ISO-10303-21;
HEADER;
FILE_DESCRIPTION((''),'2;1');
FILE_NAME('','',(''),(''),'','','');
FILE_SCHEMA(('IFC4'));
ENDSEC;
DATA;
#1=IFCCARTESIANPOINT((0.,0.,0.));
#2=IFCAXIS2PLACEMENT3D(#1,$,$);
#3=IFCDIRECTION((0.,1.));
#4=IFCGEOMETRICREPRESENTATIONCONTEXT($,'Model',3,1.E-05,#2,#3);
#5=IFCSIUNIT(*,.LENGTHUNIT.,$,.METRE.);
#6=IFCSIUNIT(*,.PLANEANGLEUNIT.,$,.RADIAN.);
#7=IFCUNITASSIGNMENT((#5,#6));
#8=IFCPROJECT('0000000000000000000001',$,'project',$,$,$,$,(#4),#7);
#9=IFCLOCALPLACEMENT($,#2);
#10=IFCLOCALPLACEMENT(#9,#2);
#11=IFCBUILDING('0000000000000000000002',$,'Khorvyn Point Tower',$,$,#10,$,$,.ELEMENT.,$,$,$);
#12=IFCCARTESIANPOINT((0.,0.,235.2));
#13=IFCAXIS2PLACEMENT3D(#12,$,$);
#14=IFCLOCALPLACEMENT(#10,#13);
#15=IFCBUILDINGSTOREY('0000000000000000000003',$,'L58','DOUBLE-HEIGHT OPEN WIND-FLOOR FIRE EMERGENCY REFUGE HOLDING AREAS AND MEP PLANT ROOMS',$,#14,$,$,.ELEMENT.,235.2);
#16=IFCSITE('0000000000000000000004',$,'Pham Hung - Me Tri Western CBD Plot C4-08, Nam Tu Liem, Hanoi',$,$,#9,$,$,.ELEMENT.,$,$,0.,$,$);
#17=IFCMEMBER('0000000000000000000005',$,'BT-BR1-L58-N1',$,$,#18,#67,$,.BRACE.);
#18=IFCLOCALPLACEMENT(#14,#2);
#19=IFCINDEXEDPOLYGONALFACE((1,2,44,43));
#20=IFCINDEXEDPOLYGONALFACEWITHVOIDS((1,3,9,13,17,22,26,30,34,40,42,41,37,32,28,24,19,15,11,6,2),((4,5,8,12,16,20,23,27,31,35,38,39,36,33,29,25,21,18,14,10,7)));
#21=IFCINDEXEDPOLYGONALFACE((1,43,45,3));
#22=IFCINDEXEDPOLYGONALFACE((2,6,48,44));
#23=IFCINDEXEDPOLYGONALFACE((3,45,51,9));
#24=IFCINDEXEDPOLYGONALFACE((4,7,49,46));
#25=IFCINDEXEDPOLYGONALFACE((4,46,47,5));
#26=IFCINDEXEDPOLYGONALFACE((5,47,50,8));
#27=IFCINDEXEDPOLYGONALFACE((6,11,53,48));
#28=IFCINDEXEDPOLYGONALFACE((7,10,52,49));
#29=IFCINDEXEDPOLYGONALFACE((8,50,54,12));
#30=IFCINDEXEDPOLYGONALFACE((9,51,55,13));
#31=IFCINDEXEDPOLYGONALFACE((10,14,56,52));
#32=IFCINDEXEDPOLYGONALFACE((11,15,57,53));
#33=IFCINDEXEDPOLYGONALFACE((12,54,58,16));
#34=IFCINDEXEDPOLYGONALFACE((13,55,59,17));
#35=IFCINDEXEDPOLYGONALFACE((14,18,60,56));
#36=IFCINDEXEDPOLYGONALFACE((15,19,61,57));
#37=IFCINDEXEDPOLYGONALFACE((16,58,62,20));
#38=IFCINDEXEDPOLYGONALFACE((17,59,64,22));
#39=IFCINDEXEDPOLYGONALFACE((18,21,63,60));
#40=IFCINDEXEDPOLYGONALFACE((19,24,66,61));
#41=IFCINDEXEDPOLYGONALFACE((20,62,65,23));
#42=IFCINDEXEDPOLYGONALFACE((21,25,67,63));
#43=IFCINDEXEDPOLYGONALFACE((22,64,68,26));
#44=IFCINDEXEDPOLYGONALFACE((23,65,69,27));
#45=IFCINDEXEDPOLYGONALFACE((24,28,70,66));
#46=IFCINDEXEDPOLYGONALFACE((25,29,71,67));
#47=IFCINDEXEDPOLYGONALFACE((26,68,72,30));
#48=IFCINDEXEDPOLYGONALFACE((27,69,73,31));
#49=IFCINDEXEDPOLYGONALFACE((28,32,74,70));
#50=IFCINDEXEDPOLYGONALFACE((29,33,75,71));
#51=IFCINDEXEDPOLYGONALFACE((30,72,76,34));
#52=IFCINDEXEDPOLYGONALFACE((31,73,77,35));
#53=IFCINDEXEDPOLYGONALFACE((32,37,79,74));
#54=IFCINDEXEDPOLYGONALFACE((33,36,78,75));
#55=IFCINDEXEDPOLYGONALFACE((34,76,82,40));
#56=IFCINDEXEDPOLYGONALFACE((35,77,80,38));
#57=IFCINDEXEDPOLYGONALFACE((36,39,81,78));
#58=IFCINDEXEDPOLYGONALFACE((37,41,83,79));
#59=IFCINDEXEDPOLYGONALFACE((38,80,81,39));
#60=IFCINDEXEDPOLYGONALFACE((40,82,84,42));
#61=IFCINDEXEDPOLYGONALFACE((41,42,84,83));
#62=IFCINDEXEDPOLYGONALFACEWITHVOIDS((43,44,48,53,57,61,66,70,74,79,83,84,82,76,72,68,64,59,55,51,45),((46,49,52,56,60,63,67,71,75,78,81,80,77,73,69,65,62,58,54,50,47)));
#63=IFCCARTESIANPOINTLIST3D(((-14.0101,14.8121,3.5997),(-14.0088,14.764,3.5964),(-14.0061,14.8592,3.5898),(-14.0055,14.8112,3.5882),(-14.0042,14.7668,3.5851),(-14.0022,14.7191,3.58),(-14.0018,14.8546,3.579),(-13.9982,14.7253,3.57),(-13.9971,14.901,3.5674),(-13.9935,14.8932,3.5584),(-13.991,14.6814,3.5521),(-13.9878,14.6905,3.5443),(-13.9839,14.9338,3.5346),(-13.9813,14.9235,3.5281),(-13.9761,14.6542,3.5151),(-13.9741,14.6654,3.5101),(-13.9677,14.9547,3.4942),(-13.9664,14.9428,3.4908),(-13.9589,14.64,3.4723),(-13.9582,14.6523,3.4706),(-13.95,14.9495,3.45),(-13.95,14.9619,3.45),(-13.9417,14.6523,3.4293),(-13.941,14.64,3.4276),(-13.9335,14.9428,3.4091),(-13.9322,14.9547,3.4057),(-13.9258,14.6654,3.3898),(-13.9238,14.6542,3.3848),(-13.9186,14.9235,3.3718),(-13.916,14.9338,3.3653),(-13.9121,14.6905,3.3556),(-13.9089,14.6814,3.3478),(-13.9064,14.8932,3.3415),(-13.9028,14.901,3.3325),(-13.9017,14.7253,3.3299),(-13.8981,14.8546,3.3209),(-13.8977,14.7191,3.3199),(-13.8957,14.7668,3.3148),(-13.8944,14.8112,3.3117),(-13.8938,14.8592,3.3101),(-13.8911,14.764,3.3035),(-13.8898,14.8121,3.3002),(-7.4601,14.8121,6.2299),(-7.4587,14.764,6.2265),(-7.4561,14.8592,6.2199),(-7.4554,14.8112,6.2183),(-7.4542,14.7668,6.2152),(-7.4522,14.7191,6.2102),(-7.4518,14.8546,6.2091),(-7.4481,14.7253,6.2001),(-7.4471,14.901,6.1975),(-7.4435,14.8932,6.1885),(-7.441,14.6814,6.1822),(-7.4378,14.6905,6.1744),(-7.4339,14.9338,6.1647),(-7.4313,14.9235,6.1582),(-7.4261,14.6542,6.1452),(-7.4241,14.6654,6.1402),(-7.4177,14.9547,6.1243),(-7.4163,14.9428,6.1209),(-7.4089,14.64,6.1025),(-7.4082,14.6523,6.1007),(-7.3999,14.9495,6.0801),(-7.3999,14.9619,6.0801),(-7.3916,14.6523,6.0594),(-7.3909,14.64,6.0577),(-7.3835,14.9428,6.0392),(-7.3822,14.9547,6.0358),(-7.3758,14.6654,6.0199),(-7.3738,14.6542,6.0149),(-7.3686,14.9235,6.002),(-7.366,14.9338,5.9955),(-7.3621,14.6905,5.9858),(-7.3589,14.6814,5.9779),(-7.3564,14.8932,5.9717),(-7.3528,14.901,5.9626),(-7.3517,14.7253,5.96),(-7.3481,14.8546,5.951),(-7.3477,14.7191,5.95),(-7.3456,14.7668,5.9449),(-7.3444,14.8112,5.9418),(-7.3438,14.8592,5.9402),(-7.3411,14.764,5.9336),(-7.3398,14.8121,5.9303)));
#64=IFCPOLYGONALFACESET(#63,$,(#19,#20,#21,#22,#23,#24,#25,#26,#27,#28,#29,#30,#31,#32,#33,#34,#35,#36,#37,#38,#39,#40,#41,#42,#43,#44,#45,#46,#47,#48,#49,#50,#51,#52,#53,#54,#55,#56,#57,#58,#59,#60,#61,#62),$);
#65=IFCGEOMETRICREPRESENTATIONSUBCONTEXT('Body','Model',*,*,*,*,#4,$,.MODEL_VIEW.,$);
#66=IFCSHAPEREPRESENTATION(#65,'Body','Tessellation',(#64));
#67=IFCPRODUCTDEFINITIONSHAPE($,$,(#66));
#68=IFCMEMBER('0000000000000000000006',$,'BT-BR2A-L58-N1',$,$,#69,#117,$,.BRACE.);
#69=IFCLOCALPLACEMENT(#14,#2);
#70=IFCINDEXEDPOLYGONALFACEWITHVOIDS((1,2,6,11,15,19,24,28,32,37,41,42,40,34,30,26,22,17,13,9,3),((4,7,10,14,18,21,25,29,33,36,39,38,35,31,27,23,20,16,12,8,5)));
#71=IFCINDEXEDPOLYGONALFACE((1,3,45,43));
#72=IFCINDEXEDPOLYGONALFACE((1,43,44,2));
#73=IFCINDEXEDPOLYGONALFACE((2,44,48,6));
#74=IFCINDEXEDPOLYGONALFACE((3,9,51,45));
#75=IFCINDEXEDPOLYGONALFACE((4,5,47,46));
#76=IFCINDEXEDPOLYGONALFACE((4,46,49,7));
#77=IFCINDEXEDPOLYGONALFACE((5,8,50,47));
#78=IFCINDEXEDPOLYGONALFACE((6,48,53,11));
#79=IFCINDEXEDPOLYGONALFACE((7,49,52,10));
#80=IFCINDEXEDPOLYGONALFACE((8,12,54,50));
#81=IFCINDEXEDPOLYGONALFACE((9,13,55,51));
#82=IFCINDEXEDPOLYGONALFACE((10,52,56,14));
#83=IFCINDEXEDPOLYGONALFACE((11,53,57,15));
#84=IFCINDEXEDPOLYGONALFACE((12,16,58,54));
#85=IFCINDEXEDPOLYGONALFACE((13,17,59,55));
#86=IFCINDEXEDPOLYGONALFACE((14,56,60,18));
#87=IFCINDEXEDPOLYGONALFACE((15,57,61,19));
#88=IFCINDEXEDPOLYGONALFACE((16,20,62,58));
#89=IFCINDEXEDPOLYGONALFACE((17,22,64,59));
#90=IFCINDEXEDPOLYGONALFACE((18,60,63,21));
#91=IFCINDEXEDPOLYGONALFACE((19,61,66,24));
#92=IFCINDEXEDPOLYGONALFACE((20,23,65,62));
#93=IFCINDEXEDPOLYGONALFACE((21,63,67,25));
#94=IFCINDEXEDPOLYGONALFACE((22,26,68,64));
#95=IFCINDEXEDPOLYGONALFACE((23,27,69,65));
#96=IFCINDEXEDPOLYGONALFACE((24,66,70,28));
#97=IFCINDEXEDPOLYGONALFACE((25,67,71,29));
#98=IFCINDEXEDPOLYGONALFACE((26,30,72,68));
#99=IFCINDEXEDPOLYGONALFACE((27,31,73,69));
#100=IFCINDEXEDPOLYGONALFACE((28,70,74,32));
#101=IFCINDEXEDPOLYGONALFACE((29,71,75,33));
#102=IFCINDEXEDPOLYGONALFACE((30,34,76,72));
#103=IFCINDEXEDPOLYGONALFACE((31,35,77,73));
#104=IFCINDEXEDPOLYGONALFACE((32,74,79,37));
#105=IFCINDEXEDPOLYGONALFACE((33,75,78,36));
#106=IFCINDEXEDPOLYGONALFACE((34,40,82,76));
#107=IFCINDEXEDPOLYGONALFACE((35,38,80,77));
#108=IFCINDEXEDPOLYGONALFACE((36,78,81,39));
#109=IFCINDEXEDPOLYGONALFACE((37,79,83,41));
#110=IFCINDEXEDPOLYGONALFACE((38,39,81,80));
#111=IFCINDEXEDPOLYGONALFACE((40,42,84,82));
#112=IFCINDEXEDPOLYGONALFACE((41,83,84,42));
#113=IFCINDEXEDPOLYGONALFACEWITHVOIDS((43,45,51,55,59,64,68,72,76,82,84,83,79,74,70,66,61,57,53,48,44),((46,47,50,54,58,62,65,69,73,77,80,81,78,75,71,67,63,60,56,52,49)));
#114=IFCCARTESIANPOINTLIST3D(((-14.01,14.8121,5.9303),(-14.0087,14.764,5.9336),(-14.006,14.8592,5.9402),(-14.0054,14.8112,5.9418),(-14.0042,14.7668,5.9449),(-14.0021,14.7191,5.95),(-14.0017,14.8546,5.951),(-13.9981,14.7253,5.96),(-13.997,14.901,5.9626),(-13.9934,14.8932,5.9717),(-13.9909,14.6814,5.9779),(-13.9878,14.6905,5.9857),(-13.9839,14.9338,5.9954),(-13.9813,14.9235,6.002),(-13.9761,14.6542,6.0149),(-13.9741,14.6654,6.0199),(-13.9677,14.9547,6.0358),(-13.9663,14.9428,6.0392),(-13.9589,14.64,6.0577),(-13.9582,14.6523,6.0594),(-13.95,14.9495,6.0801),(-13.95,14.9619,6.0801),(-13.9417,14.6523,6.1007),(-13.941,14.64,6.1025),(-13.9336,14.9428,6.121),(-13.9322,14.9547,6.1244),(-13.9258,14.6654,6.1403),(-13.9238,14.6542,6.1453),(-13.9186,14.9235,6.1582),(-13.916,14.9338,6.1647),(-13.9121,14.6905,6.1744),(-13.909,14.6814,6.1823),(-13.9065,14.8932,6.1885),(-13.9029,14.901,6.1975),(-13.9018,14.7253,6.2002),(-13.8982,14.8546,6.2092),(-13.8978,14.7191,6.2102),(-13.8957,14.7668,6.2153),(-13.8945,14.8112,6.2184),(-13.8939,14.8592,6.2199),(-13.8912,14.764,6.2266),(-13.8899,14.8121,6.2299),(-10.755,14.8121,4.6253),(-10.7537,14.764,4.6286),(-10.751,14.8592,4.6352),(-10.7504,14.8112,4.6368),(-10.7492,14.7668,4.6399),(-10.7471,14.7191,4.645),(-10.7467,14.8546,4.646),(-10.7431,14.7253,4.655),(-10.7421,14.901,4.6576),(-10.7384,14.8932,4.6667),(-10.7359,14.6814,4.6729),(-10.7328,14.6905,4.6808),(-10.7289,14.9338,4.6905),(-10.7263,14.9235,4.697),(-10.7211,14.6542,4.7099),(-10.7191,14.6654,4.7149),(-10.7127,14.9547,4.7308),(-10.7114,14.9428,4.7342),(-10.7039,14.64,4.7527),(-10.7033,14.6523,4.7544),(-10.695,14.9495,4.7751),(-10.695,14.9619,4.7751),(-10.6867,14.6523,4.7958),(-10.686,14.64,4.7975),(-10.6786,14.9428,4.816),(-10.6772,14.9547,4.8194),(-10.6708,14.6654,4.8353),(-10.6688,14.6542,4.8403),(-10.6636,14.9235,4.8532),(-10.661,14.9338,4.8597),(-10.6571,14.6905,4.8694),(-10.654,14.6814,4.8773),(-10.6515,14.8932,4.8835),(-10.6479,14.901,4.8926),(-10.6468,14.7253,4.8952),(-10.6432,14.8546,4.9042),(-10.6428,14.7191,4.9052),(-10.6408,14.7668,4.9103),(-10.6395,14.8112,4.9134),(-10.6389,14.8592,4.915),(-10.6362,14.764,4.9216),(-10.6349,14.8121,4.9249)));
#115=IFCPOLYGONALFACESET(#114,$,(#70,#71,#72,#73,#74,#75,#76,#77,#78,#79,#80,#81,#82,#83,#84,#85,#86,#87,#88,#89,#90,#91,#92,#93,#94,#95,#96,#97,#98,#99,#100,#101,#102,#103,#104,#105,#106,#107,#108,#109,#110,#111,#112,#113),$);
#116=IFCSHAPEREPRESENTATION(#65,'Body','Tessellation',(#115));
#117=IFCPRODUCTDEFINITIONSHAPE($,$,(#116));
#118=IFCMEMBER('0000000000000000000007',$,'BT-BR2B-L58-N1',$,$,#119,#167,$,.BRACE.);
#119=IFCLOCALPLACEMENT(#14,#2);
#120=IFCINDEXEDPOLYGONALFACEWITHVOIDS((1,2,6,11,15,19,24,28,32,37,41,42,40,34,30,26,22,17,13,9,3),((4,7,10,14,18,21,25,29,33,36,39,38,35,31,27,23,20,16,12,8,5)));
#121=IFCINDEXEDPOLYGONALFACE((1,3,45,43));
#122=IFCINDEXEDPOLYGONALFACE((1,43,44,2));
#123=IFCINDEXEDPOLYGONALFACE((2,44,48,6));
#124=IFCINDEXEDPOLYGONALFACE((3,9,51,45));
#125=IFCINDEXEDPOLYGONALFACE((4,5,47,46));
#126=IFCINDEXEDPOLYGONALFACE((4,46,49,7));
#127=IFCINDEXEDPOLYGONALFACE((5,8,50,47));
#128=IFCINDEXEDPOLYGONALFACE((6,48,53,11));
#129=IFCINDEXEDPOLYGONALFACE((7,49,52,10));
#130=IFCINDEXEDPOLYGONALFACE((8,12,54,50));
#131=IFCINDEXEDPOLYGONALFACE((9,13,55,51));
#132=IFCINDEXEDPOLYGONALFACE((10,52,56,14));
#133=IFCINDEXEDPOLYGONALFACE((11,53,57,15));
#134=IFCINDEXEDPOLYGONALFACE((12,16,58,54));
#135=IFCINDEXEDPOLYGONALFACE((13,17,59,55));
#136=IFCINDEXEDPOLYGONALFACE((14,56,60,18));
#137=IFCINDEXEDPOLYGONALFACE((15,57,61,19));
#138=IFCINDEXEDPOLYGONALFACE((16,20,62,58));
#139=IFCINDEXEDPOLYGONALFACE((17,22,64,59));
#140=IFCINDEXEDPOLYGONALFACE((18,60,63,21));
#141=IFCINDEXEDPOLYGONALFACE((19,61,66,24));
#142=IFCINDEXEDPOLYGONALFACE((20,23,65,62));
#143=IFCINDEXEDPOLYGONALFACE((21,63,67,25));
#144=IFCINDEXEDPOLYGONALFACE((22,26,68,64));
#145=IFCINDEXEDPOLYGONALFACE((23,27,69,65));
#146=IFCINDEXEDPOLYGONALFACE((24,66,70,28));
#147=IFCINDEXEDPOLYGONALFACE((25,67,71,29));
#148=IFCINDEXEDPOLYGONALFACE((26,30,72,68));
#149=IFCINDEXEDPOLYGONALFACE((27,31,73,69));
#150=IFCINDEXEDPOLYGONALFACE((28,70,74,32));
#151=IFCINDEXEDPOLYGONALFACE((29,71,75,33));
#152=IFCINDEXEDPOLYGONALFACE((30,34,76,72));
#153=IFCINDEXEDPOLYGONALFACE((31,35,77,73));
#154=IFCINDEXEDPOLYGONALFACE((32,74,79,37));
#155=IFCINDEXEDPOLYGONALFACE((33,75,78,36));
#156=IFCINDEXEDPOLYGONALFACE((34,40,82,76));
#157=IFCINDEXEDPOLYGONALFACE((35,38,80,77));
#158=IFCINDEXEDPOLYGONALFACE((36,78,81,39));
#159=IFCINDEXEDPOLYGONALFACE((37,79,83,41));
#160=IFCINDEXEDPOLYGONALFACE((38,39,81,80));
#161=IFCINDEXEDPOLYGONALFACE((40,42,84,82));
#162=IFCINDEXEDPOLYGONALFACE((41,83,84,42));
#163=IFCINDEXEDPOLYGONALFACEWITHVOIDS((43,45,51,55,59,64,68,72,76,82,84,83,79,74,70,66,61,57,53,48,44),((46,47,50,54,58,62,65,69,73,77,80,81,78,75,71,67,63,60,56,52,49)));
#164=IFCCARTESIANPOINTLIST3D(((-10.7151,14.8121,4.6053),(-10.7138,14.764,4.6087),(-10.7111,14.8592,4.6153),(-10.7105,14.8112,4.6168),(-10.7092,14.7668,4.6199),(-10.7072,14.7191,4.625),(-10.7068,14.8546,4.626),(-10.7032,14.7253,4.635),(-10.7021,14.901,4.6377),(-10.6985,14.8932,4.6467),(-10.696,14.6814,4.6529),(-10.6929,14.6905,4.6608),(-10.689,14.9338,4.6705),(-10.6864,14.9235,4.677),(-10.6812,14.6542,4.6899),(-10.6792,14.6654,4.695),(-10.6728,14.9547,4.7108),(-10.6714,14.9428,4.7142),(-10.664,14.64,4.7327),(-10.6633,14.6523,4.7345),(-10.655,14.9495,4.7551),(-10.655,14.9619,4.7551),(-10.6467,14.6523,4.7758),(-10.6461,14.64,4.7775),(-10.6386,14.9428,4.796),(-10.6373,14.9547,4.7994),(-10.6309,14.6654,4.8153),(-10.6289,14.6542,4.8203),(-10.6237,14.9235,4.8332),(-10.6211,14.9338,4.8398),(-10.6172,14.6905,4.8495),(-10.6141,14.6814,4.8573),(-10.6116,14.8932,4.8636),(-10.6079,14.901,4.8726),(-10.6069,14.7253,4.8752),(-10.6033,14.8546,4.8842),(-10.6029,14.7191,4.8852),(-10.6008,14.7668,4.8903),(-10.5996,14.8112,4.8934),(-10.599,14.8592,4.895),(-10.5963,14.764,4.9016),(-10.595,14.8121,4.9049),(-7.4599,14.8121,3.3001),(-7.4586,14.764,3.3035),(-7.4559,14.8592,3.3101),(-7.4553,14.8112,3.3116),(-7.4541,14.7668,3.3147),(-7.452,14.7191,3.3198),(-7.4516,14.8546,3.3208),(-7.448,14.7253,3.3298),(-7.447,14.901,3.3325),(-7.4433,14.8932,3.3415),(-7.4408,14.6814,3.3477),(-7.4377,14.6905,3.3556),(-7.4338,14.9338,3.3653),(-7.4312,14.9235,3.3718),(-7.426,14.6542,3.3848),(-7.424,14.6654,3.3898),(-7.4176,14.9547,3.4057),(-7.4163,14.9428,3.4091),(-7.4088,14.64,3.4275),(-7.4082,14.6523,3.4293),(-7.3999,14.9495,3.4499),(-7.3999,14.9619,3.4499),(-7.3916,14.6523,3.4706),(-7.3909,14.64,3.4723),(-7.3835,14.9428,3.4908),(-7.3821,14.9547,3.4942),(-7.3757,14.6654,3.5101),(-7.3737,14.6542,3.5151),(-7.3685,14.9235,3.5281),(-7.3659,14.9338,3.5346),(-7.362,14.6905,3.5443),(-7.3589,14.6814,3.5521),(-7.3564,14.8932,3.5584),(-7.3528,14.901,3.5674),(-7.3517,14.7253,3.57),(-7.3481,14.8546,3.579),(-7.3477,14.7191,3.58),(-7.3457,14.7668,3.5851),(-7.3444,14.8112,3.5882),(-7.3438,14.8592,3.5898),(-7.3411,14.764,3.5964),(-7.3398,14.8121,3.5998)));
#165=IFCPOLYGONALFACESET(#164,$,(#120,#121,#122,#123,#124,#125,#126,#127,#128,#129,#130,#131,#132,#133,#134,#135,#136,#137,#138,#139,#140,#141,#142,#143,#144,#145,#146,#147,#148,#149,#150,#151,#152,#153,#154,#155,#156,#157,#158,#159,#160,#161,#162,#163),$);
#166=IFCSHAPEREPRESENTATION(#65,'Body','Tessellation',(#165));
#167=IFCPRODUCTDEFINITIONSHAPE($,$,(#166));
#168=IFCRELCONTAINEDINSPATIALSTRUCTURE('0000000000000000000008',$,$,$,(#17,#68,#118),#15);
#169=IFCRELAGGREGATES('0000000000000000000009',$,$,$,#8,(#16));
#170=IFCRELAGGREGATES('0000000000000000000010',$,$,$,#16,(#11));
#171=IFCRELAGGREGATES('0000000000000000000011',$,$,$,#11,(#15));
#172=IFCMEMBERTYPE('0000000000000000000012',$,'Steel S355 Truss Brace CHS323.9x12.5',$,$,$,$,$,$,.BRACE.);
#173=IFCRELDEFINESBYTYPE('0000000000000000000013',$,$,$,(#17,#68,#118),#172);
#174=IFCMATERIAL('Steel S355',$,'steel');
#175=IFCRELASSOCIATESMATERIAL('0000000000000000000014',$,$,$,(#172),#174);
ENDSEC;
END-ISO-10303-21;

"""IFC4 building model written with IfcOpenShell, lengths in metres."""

from ifc_helpers import new_model, si_unit, direction, frame, origin, origin_2d, place, context, subcontext, project, spatial, hollow_circle, extrude, material, material_profile, profile_set, type_object, element, save


model = new_model("IFC4")

# Units and contexts
model_context = context("Model", 3, precision=1e-05, world=origin(), true_north=direction((0.0, 1.0)))
body_context = subcontext(model_context, "Body", "Model", "MODEL_VIEW")
ifc_project = project(units=[si_unit("LENGTHUNIT", "METRE"), si_unit("PLANEANGLEUNIT", "RADIAN")], contexts=[model_context])

# Site, building, storey
site_placement = place(None, origin())
site = spatial("IfcSite", under=ifc_project, at=site_placement, Name="Pham Hung - Me Tri Western CBD Plot C4-08, Nam Tu Liem, Hanoi", CompositionType="ELEMENT", RefElevation=0.0)
building_placement = place(site_placement, origin())
building = spatial("IfcBuilding", under=site, at=building_placement, Name="Khorvyn Point Tower", CompositionType="ELEMENT")
storey_placement = place(building_placement, frame((0.0, 0.0, 235.2)))
storey = spatial("IfcBuildingStorey", under=building, at=storey_placement, Name="L58", Description="DOUBLE-HEIGHT OPEN WIND-FLOOR FIRE EMERGENCY REFUGE HOLDING AREAS AND MEP PLANT ROOMS", CompositionType="ELEMENT", Elevation=235.2)

# Members
ifc_material_1 = material(Name="Steel S355", Category="steel")
ifc_material_profile_1 = material_profile(ifc_material_1, hollow_circle(Radius=0.1619, WallThickness=0.0125, at=origin_2d()))
ifc_profile_set_1 = profile_set([ifc_material_profile_1], Name="Steel S355 CHS323.9x12.5")
member_type_1 = type_object("IfcMemberType", Name="Steel S355 Truss Brace CHS323.9x12.5", PredefinedType="BRACE", material=ifc_profile_set_1)
member_1_placement = place(storey_placement, frame((-13.95, 14.8, 3.45), z_axis=(0.927982, 0.0, 0.372625), x_axis=(0.0, 1.0, 0.0)))
element("IfcMember", 1, at=member_1_placement, inside=storey, type_object=member_type_1, Name="BT-BR1-L58-N1", PredefinedType="BRACE", context=body_context, shape_type="SweptSolid", body=[
    extrude(hollow_circle(Radius=0.1619, WallThickness=0.0125, at=origin_2d()), origin(), (0.0, 0.0, 1.0), 7.0583),
])
member_2_placement = place(storey_placement, frame((-13.95, 14.8, 6.0801), z_axis=(0.928184, 0.0, -0.372123), x_axis=(0.0, 1.0, 0.0)))
element("IfcMember", 2, at=member_2_placement, inside=storey, type_object=member_type_1, Name="BT-BR2A-L58-N1", PredefinedType="BRACE", context=body_context, shape_type="SweptSolid", body=[
    extrude(hollow_circle(Radius=0.1619, WallThickness=0.0125, at=origin_2d()), origin(), (0.0, 0.0, 1.0), 3.5068),
])
member_3_placement = place(storey_placement, frame((-10.655, 14.8, 4.7551), z_axis=(0.928169, 0.0, -0.372159), x_axis=(0.0, 1.0, 0.0)))
element("IfcMember", 3, at=member_3_placement, inside=storey, type_object=member_type_1, Name="BT-BR2B-L58-N1", PredefinedType="BRACE", context=body_context, shape_type="SweptSolid", body=[
    extrude(hollow_circle(Radius=0.1619, WallThickness=0.0125, at=origin_2d()), origin(), (0.0, 0.0, 1.0), 3.5071),
])

save(model, "model.ifc")
